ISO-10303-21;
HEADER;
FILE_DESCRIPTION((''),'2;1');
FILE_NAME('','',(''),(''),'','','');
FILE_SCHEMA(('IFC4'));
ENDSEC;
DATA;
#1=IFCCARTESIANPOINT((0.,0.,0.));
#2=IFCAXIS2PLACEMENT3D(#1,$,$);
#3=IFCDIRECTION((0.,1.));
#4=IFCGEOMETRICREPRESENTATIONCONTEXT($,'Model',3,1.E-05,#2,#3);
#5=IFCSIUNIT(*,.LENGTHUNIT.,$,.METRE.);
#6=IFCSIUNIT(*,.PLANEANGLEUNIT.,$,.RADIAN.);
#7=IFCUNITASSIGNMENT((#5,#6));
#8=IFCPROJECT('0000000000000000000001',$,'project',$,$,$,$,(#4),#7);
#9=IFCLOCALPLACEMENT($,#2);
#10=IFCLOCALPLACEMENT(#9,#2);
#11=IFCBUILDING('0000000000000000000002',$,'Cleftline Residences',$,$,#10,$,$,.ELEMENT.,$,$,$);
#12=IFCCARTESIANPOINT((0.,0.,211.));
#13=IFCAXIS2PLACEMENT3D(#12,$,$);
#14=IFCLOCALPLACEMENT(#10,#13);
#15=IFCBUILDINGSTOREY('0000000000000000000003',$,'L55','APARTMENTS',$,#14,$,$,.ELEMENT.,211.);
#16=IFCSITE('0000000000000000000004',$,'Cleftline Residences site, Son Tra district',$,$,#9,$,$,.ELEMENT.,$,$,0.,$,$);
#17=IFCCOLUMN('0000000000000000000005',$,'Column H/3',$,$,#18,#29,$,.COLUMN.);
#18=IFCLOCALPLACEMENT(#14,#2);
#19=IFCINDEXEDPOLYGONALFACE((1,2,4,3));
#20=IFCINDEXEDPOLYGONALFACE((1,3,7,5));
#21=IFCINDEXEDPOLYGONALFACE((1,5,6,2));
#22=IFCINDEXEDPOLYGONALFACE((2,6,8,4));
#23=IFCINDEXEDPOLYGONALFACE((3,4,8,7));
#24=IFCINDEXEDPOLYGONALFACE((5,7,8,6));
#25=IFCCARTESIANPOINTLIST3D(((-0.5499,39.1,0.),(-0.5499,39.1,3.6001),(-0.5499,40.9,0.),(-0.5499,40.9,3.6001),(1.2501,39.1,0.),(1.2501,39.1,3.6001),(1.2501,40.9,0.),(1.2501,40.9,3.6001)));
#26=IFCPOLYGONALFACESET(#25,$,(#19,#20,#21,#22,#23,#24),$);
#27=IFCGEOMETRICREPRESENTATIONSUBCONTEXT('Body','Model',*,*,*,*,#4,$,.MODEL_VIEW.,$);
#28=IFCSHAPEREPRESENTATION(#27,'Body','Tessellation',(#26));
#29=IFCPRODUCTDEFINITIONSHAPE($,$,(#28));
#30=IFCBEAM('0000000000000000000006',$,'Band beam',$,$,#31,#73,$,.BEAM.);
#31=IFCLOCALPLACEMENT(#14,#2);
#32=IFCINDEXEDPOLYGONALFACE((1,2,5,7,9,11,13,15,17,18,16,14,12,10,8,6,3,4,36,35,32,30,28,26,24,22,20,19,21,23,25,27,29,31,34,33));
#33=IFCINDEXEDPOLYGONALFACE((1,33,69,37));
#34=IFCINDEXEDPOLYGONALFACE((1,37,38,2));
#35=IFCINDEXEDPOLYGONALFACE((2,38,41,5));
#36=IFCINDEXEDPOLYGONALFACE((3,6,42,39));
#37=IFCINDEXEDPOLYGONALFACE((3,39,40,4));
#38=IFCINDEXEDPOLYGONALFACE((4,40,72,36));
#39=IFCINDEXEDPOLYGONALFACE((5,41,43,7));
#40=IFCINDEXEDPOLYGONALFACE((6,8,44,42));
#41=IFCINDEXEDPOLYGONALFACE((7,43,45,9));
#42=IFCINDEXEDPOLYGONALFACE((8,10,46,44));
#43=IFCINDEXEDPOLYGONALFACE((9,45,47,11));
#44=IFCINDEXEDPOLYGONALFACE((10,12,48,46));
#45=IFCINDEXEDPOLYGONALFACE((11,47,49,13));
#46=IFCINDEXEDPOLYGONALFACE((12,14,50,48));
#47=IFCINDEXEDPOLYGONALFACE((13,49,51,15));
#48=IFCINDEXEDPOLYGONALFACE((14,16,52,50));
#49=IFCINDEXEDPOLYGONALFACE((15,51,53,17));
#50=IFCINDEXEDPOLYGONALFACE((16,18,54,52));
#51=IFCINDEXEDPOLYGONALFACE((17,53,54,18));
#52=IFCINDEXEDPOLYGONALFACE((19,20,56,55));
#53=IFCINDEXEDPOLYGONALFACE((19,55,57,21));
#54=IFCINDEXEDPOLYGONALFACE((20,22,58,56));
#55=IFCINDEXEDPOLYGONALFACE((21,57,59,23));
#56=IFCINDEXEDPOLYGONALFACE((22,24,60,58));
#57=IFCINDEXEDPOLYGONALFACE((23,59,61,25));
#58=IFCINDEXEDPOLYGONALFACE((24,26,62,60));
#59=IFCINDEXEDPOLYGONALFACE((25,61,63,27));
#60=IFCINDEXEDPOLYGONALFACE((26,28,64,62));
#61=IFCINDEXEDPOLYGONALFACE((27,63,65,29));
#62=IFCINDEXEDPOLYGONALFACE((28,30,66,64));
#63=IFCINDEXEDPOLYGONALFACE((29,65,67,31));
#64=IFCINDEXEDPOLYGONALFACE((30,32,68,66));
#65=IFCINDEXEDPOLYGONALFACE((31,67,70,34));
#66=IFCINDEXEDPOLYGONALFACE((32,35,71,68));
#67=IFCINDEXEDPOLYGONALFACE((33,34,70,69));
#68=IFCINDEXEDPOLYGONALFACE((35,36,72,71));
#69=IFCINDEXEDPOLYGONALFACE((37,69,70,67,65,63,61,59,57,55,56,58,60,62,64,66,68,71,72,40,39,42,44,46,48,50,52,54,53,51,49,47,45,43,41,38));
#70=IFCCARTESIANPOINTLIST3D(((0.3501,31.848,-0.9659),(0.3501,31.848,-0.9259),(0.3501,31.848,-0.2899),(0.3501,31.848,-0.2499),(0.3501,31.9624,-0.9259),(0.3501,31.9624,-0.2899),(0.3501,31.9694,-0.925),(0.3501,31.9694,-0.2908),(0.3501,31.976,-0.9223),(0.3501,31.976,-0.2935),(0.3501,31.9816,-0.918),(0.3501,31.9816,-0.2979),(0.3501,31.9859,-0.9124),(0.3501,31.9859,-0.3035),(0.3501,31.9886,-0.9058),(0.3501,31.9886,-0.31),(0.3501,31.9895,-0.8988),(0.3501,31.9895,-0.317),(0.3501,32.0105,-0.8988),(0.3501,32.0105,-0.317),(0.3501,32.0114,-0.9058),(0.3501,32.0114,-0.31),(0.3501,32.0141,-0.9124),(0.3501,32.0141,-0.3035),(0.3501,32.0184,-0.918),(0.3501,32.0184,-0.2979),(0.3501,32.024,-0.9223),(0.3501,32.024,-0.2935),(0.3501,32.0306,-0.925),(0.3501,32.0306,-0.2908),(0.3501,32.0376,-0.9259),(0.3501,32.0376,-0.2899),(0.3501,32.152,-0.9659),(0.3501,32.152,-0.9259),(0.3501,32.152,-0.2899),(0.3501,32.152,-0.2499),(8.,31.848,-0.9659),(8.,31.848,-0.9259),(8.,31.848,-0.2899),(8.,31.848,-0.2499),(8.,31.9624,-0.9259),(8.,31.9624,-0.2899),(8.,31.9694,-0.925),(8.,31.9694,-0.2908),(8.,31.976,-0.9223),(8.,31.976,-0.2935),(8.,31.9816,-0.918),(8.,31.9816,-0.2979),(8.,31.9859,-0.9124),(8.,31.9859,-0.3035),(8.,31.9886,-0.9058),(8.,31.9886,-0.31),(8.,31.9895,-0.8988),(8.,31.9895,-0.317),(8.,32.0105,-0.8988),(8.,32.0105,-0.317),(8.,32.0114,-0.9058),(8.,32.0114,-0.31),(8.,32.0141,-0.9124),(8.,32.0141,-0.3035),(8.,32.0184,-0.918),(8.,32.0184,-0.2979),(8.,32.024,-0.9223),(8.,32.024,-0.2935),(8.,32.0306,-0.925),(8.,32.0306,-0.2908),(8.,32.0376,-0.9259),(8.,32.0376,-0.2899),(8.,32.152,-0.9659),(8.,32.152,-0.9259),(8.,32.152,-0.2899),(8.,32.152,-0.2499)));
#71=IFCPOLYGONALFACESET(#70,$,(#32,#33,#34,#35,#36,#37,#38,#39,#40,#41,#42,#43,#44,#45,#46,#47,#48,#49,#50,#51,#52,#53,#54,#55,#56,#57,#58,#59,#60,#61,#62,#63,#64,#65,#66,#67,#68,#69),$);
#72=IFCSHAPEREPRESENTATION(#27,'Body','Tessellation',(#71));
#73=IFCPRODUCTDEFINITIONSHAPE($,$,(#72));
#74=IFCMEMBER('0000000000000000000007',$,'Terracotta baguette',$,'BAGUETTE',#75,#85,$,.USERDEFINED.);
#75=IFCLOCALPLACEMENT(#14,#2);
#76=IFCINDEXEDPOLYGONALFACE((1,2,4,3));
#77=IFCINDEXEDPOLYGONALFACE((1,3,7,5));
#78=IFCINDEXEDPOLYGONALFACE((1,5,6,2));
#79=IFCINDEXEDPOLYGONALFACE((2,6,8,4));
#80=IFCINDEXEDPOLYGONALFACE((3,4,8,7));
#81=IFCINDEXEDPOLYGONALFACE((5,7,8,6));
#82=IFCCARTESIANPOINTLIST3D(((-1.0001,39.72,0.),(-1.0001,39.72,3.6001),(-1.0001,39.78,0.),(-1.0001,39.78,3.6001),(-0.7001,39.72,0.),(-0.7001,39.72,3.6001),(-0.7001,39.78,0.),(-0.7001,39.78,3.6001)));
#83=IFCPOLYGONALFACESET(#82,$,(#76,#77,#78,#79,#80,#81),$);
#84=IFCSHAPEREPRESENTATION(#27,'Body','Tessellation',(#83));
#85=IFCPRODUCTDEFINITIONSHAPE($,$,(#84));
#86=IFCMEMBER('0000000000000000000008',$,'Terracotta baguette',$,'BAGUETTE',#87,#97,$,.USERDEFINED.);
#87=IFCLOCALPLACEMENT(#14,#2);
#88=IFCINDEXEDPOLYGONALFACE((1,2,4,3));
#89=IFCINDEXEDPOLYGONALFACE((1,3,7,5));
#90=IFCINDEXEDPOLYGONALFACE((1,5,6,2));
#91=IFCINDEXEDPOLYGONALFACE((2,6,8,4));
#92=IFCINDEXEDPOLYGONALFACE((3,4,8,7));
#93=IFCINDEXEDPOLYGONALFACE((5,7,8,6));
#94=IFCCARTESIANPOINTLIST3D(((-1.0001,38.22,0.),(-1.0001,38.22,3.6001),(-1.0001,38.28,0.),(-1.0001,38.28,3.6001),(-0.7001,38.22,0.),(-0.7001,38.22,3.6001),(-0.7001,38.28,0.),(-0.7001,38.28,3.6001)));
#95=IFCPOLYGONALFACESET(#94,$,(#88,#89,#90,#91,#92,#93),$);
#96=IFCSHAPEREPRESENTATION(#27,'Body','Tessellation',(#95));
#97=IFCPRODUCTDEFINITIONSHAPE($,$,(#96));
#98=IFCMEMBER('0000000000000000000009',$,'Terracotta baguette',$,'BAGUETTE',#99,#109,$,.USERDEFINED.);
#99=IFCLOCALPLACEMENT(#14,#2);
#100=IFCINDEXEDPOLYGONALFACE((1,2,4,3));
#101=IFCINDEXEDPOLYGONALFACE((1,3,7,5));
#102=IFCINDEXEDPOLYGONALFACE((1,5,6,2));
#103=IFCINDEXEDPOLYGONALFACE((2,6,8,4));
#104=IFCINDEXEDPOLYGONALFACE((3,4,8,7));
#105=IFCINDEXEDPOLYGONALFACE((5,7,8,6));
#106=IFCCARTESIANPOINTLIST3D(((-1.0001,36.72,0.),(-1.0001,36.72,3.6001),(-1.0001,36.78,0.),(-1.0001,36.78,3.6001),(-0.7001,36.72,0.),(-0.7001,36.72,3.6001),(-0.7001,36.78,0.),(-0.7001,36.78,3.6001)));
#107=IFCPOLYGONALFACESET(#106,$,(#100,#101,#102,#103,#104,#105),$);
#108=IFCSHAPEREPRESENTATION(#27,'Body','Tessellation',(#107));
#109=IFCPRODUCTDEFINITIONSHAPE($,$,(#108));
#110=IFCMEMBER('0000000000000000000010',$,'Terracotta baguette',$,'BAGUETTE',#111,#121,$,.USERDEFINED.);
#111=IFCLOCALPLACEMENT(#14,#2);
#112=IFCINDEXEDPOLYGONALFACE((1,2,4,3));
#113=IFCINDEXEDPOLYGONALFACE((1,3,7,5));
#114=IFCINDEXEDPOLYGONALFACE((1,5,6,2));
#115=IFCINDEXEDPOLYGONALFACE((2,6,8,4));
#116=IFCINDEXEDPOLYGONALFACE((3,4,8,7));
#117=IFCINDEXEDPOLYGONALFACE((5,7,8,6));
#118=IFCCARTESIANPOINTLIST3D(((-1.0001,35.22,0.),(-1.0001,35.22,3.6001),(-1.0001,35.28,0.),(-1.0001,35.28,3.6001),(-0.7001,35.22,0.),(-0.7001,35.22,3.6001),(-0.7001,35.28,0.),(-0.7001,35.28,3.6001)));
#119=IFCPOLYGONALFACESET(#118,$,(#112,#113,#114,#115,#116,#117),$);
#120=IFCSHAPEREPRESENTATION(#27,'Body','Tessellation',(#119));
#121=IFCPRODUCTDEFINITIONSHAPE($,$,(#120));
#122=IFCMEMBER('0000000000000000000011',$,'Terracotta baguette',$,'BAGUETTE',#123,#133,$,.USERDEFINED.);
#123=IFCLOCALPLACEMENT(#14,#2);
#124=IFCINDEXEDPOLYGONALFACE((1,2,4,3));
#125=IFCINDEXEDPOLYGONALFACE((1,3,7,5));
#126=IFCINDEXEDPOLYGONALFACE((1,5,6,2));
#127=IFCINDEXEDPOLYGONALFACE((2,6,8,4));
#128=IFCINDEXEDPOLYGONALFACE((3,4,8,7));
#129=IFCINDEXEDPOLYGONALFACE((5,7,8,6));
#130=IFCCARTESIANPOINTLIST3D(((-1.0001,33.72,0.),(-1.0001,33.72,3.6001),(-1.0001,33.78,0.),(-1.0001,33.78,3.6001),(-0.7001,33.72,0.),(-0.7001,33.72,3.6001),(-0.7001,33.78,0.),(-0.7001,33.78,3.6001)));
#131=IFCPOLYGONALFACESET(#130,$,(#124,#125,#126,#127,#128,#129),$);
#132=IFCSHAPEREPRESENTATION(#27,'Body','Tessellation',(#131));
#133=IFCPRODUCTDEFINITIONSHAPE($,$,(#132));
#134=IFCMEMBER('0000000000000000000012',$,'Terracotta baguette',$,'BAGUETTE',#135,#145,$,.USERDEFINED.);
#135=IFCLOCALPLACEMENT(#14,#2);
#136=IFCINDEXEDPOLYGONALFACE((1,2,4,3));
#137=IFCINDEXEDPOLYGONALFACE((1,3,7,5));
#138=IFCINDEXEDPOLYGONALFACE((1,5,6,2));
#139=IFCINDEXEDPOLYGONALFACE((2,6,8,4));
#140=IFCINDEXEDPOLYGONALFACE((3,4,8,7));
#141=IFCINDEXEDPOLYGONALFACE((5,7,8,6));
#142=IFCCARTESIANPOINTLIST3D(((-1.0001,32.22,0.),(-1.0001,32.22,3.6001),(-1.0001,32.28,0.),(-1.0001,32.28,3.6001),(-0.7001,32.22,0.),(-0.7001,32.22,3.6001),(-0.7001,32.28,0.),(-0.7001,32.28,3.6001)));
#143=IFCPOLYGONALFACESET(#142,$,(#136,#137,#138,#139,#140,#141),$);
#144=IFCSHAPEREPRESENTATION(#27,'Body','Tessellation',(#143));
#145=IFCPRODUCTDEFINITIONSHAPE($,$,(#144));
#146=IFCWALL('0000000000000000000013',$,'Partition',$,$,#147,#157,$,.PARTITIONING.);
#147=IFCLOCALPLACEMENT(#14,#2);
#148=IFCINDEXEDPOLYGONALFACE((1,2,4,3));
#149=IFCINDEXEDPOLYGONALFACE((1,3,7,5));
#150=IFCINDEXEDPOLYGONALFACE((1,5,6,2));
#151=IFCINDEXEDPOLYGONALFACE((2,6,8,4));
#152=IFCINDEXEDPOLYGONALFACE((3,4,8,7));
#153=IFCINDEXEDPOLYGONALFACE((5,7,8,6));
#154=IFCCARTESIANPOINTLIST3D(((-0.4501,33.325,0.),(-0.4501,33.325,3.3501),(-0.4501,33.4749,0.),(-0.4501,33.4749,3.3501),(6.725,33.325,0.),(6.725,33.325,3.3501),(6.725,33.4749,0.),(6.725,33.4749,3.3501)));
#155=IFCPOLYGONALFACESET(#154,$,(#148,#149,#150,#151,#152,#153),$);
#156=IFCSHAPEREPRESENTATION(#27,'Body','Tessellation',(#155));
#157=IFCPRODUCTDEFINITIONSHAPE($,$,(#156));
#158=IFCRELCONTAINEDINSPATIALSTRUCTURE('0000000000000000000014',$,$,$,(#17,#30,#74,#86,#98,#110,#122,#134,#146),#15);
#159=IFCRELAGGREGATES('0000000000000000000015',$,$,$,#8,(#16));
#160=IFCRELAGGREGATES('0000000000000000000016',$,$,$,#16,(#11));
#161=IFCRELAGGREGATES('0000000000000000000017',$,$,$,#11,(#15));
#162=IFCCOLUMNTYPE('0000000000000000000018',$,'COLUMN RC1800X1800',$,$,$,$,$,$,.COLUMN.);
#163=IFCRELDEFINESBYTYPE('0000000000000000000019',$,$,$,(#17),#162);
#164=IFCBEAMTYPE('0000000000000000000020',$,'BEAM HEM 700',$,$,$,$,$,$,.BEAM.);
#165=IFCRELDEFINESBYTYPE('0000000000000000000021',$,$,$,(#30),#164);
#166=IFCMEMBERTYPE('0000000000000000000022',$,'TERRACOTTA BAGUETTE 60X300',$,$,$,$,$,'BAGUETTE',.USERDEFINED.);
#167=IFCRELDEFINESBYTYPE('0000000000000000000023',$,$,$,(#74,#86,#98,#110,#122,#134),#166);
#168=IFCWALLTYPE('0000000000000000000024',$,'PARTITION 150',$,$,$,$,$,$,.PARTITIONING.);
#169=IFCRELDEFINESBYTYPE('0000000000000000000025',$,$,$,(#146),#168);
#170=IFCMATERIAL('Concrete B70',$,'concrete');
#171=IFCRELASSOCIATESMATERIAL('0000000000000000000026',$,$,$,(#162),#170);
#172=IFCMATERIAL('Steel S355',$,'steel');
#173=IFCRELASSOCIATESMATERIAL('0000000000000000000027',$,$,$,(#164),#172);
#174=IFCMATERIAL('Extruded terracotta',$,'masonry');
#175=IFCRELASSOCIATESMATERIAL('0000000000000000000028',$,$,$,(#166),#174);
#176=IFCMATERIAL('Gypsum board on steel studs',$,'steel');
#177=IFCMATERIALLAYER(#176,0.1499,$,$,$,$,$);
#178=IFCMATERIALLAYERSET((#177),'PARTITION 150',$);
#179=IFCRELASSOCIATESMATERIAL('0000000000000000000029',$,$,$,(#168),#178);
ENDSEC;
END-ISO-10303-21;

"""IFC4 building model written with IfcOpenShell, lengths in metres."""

from ifc_helpers import new_model, si_unit, direction, frame, frame_2d, origin, origin_2d, place, context, subcontext, project, spatial, rectangle, i_section, extrude, material, layer, layer_set, material_profile, profile_set, type_object, element, save


model = new_model("IFC4")

# Units and contexts
model_context = context("Model", 3, precision=1e-05, world=origin(), true_north=direction((0.0, 1.0)))
body_context = subcontext(model_context, "Body", "Model", "MODEL_VIEW")
ifc_project = project(units=[si_unit("LENGTHUNIT", "METRE"), si_unit("PLANEANGLEUNIT", "RADIAN")], contexts=[model_context])

# Site, building, storey
site_placement = place(None, origin())
site = spatial("IfcSite", under=ifc_project, at=site_placement, Name="Cleftline Residences site, Son Tra district", CompositionType="ELEMENT", RefElevation=0.0)
building_placement = place(site_placement, origin())
building = spatial("IfcBuilding", under=site, at=building_placement, Name="Cleftline Residences", CompositionType="ELEMENT")
storey_placement = place(building_placement, frame((0.0, 0.0, 211.0)))
storey = spatial("IfcBuildingStorey", under=building, at=storey_placement, Name="L55", Description="APARTMENTS", CompositionType="ELEMENT", Elevation=211.0)

# Column
ifc_material_1 = material(Name="Concrete B70", Category="concrete")
ifc_material_profile_1 = material_profile(ifc_material_1, rectangle(XDim=1.8, YDim=1.8, at=origin_2d()))
ifc_profile_set_1 = profile_set([ifc_material_profile_1], Name="Concrete B70")
column_type = type_object("IfcColumnType", Name="COLUMN RC1800X1800", PredefinedType="COLUMN", material=ifc_profile_set_1)
column_placement = place(storey_placement, frame((0.3501, 40.0, 0.0), z_axis=(0.0, 0.0, 1.0), x_axis=(1.0, 0.0, 0.0)))
element("IfcColumn", 1, at=column_placement, inside=storey, type_object=column_type, Name="Column H/3", PredefinedType="COLUMN", context=body_context, shape_type="SweptSolid", body=[
    extrude(rectangle(XDim=1.8, YDim=1.8, at=origin_2d()), origin(), (0.0, 0.0, 1.0), 3.6001),
])

# Beam
ifc_material_2 = material(Name="Steel S355", Category="steel")
ifc_material_profile_2 = material_profile(ifc_material_2, i_section(OverallWidth=0.304, OverallDepth=0.7161, WebThickness=0.021, FlangeThickness=0.04, FilletRadius=0.0271, at=origin_2d()))
ifc_profile_set_2 = profile_set([ifc_material_profile_2], Name="Steel S355")
beam_type = type_object("IfcBeamType", Name="BEAM HEM 700", PredefinedType="BEAM", material=ifc_profile_set_2)
beam_placement = place(storey_placement, frame((0.3501, 32.0, -0.6079), z_axis=(1.0, 0.0, 0.0), x_axis=(0.0, 1.0, 0.0)))
element("IfcBeam", 2, at=beam_placement, inside=storey, type_object=beam_type, Name="Band beam", PredefinedType="BEAM", context=body_context, shape_type="SweptSolid", body=[
    extrude(i_section(OverallWidth=0.304, OverallDepth=0.7161, WebThickness=0.021, FlangeThickness=0.04, FilletRadius=0.0271, at=origin_2d()), origin(), (0.0, 0.0, 1.0), 7.6499),
])

# Members
ifc_material_3 = material(Name="Extruded terracotta", Category="masonry")
ifc_material_profile_3 = material_profile(ifc_material_3, rectangle(XDim=0.0601, YDim=0.3, at=origin_2d()))
ifc_profile_set_3 = profile_set([ifc_material_profile_3], Name="Extruded terracotta")
member_type = type_object("IfcMemberType", Name="TERRACOTTA BAGUETTE 60X300", ElementType="BAGUETTE", PredefinedType="USERDEFINED", material=ifc_profile_set_3)
for number, where, z_axis, x_axis, name in (
    (3, (-0.8501, 39.75, 0.0), (0.0, 0.0, 1.0), (0.0, 1.0, 0.0), "Terracotta baguette"),
    (4, (-0.8501, 38.25, 0.0), (0.0, 0.0, 1.0), (0.0, 1.0, 0.0), "Terracotta baguette"),
    (5, (-0.8501, 36.75, 0.0), (0.0, 0.0, 1.0), (0.0, 1.0, 0.0), "Terracotta baguette"),
    (6, (-0.8501, 35.25, 0.0), (0.0, 0.0, 1.0), (0.0, 1.0, 0.0), "Terracotta baguette"),
    (7, (-0.8501, 33.75, 0.0), (0.0, 0.0, 1.0), (0.0, 1.0, 0.0), "Terracotta baguette"),
    (8, (-0.8501, 32.25, 0.0), (0.0, 0.0, 1.0), (0.0, 1.0, 0.0), "Terracotta baguette"),
):
    element("IfcMember", number, at=place(storey_placement, frame(where, z_axis=z_axis, x_axis=x_axis)), inside=storey, type_object=member_type, Name=name, ObjectType="BAGUETTE", PredefinedType="USERDEFINED", context=body_context, shape_type="SweptSolid", body=[
        extrude(rectangle(XDim=0.0601, YDim=0.3, at=origin_2d()), origin(), (0.0, 0.0, 1.0), 3.6001),
    ])

# Wall
ifc_material_4 = material(Name="Gypsum board on steel studs", Category="steel")
ifc_layer = layer(ifc_material_4, 0.1499)
ifc_layer_set = layer_set([ifc_layer], Name="PARTITION 150")
wall_type = type_object("IfcWallType", Name="PARTITION 150", PredefinedType="PARTITIONING", material=ifc_layer_set)
wall_1_placement = place(storey_placement, frame((-0.45, 33.3999, 0.0), z_axis=(0.0, 0.0, 1.0), x_axis=(1.0, 0.0, 0.0)))
element("IfcWall", 9, at=wall_1_placement, inside=storey, type_object=wall_type, Name="Partition", PredefinedType="PARTITIONING", context=body_context, shape_type="SweptSolid", body=[
    extrude(rectangle(XDim=7.175, YDim=0.1499, at=frame_2d((3.5874, 0.0))), origin(), (0.0, 0.0, 1.0), 3.3501),
])

save(model, "model.ifc")
